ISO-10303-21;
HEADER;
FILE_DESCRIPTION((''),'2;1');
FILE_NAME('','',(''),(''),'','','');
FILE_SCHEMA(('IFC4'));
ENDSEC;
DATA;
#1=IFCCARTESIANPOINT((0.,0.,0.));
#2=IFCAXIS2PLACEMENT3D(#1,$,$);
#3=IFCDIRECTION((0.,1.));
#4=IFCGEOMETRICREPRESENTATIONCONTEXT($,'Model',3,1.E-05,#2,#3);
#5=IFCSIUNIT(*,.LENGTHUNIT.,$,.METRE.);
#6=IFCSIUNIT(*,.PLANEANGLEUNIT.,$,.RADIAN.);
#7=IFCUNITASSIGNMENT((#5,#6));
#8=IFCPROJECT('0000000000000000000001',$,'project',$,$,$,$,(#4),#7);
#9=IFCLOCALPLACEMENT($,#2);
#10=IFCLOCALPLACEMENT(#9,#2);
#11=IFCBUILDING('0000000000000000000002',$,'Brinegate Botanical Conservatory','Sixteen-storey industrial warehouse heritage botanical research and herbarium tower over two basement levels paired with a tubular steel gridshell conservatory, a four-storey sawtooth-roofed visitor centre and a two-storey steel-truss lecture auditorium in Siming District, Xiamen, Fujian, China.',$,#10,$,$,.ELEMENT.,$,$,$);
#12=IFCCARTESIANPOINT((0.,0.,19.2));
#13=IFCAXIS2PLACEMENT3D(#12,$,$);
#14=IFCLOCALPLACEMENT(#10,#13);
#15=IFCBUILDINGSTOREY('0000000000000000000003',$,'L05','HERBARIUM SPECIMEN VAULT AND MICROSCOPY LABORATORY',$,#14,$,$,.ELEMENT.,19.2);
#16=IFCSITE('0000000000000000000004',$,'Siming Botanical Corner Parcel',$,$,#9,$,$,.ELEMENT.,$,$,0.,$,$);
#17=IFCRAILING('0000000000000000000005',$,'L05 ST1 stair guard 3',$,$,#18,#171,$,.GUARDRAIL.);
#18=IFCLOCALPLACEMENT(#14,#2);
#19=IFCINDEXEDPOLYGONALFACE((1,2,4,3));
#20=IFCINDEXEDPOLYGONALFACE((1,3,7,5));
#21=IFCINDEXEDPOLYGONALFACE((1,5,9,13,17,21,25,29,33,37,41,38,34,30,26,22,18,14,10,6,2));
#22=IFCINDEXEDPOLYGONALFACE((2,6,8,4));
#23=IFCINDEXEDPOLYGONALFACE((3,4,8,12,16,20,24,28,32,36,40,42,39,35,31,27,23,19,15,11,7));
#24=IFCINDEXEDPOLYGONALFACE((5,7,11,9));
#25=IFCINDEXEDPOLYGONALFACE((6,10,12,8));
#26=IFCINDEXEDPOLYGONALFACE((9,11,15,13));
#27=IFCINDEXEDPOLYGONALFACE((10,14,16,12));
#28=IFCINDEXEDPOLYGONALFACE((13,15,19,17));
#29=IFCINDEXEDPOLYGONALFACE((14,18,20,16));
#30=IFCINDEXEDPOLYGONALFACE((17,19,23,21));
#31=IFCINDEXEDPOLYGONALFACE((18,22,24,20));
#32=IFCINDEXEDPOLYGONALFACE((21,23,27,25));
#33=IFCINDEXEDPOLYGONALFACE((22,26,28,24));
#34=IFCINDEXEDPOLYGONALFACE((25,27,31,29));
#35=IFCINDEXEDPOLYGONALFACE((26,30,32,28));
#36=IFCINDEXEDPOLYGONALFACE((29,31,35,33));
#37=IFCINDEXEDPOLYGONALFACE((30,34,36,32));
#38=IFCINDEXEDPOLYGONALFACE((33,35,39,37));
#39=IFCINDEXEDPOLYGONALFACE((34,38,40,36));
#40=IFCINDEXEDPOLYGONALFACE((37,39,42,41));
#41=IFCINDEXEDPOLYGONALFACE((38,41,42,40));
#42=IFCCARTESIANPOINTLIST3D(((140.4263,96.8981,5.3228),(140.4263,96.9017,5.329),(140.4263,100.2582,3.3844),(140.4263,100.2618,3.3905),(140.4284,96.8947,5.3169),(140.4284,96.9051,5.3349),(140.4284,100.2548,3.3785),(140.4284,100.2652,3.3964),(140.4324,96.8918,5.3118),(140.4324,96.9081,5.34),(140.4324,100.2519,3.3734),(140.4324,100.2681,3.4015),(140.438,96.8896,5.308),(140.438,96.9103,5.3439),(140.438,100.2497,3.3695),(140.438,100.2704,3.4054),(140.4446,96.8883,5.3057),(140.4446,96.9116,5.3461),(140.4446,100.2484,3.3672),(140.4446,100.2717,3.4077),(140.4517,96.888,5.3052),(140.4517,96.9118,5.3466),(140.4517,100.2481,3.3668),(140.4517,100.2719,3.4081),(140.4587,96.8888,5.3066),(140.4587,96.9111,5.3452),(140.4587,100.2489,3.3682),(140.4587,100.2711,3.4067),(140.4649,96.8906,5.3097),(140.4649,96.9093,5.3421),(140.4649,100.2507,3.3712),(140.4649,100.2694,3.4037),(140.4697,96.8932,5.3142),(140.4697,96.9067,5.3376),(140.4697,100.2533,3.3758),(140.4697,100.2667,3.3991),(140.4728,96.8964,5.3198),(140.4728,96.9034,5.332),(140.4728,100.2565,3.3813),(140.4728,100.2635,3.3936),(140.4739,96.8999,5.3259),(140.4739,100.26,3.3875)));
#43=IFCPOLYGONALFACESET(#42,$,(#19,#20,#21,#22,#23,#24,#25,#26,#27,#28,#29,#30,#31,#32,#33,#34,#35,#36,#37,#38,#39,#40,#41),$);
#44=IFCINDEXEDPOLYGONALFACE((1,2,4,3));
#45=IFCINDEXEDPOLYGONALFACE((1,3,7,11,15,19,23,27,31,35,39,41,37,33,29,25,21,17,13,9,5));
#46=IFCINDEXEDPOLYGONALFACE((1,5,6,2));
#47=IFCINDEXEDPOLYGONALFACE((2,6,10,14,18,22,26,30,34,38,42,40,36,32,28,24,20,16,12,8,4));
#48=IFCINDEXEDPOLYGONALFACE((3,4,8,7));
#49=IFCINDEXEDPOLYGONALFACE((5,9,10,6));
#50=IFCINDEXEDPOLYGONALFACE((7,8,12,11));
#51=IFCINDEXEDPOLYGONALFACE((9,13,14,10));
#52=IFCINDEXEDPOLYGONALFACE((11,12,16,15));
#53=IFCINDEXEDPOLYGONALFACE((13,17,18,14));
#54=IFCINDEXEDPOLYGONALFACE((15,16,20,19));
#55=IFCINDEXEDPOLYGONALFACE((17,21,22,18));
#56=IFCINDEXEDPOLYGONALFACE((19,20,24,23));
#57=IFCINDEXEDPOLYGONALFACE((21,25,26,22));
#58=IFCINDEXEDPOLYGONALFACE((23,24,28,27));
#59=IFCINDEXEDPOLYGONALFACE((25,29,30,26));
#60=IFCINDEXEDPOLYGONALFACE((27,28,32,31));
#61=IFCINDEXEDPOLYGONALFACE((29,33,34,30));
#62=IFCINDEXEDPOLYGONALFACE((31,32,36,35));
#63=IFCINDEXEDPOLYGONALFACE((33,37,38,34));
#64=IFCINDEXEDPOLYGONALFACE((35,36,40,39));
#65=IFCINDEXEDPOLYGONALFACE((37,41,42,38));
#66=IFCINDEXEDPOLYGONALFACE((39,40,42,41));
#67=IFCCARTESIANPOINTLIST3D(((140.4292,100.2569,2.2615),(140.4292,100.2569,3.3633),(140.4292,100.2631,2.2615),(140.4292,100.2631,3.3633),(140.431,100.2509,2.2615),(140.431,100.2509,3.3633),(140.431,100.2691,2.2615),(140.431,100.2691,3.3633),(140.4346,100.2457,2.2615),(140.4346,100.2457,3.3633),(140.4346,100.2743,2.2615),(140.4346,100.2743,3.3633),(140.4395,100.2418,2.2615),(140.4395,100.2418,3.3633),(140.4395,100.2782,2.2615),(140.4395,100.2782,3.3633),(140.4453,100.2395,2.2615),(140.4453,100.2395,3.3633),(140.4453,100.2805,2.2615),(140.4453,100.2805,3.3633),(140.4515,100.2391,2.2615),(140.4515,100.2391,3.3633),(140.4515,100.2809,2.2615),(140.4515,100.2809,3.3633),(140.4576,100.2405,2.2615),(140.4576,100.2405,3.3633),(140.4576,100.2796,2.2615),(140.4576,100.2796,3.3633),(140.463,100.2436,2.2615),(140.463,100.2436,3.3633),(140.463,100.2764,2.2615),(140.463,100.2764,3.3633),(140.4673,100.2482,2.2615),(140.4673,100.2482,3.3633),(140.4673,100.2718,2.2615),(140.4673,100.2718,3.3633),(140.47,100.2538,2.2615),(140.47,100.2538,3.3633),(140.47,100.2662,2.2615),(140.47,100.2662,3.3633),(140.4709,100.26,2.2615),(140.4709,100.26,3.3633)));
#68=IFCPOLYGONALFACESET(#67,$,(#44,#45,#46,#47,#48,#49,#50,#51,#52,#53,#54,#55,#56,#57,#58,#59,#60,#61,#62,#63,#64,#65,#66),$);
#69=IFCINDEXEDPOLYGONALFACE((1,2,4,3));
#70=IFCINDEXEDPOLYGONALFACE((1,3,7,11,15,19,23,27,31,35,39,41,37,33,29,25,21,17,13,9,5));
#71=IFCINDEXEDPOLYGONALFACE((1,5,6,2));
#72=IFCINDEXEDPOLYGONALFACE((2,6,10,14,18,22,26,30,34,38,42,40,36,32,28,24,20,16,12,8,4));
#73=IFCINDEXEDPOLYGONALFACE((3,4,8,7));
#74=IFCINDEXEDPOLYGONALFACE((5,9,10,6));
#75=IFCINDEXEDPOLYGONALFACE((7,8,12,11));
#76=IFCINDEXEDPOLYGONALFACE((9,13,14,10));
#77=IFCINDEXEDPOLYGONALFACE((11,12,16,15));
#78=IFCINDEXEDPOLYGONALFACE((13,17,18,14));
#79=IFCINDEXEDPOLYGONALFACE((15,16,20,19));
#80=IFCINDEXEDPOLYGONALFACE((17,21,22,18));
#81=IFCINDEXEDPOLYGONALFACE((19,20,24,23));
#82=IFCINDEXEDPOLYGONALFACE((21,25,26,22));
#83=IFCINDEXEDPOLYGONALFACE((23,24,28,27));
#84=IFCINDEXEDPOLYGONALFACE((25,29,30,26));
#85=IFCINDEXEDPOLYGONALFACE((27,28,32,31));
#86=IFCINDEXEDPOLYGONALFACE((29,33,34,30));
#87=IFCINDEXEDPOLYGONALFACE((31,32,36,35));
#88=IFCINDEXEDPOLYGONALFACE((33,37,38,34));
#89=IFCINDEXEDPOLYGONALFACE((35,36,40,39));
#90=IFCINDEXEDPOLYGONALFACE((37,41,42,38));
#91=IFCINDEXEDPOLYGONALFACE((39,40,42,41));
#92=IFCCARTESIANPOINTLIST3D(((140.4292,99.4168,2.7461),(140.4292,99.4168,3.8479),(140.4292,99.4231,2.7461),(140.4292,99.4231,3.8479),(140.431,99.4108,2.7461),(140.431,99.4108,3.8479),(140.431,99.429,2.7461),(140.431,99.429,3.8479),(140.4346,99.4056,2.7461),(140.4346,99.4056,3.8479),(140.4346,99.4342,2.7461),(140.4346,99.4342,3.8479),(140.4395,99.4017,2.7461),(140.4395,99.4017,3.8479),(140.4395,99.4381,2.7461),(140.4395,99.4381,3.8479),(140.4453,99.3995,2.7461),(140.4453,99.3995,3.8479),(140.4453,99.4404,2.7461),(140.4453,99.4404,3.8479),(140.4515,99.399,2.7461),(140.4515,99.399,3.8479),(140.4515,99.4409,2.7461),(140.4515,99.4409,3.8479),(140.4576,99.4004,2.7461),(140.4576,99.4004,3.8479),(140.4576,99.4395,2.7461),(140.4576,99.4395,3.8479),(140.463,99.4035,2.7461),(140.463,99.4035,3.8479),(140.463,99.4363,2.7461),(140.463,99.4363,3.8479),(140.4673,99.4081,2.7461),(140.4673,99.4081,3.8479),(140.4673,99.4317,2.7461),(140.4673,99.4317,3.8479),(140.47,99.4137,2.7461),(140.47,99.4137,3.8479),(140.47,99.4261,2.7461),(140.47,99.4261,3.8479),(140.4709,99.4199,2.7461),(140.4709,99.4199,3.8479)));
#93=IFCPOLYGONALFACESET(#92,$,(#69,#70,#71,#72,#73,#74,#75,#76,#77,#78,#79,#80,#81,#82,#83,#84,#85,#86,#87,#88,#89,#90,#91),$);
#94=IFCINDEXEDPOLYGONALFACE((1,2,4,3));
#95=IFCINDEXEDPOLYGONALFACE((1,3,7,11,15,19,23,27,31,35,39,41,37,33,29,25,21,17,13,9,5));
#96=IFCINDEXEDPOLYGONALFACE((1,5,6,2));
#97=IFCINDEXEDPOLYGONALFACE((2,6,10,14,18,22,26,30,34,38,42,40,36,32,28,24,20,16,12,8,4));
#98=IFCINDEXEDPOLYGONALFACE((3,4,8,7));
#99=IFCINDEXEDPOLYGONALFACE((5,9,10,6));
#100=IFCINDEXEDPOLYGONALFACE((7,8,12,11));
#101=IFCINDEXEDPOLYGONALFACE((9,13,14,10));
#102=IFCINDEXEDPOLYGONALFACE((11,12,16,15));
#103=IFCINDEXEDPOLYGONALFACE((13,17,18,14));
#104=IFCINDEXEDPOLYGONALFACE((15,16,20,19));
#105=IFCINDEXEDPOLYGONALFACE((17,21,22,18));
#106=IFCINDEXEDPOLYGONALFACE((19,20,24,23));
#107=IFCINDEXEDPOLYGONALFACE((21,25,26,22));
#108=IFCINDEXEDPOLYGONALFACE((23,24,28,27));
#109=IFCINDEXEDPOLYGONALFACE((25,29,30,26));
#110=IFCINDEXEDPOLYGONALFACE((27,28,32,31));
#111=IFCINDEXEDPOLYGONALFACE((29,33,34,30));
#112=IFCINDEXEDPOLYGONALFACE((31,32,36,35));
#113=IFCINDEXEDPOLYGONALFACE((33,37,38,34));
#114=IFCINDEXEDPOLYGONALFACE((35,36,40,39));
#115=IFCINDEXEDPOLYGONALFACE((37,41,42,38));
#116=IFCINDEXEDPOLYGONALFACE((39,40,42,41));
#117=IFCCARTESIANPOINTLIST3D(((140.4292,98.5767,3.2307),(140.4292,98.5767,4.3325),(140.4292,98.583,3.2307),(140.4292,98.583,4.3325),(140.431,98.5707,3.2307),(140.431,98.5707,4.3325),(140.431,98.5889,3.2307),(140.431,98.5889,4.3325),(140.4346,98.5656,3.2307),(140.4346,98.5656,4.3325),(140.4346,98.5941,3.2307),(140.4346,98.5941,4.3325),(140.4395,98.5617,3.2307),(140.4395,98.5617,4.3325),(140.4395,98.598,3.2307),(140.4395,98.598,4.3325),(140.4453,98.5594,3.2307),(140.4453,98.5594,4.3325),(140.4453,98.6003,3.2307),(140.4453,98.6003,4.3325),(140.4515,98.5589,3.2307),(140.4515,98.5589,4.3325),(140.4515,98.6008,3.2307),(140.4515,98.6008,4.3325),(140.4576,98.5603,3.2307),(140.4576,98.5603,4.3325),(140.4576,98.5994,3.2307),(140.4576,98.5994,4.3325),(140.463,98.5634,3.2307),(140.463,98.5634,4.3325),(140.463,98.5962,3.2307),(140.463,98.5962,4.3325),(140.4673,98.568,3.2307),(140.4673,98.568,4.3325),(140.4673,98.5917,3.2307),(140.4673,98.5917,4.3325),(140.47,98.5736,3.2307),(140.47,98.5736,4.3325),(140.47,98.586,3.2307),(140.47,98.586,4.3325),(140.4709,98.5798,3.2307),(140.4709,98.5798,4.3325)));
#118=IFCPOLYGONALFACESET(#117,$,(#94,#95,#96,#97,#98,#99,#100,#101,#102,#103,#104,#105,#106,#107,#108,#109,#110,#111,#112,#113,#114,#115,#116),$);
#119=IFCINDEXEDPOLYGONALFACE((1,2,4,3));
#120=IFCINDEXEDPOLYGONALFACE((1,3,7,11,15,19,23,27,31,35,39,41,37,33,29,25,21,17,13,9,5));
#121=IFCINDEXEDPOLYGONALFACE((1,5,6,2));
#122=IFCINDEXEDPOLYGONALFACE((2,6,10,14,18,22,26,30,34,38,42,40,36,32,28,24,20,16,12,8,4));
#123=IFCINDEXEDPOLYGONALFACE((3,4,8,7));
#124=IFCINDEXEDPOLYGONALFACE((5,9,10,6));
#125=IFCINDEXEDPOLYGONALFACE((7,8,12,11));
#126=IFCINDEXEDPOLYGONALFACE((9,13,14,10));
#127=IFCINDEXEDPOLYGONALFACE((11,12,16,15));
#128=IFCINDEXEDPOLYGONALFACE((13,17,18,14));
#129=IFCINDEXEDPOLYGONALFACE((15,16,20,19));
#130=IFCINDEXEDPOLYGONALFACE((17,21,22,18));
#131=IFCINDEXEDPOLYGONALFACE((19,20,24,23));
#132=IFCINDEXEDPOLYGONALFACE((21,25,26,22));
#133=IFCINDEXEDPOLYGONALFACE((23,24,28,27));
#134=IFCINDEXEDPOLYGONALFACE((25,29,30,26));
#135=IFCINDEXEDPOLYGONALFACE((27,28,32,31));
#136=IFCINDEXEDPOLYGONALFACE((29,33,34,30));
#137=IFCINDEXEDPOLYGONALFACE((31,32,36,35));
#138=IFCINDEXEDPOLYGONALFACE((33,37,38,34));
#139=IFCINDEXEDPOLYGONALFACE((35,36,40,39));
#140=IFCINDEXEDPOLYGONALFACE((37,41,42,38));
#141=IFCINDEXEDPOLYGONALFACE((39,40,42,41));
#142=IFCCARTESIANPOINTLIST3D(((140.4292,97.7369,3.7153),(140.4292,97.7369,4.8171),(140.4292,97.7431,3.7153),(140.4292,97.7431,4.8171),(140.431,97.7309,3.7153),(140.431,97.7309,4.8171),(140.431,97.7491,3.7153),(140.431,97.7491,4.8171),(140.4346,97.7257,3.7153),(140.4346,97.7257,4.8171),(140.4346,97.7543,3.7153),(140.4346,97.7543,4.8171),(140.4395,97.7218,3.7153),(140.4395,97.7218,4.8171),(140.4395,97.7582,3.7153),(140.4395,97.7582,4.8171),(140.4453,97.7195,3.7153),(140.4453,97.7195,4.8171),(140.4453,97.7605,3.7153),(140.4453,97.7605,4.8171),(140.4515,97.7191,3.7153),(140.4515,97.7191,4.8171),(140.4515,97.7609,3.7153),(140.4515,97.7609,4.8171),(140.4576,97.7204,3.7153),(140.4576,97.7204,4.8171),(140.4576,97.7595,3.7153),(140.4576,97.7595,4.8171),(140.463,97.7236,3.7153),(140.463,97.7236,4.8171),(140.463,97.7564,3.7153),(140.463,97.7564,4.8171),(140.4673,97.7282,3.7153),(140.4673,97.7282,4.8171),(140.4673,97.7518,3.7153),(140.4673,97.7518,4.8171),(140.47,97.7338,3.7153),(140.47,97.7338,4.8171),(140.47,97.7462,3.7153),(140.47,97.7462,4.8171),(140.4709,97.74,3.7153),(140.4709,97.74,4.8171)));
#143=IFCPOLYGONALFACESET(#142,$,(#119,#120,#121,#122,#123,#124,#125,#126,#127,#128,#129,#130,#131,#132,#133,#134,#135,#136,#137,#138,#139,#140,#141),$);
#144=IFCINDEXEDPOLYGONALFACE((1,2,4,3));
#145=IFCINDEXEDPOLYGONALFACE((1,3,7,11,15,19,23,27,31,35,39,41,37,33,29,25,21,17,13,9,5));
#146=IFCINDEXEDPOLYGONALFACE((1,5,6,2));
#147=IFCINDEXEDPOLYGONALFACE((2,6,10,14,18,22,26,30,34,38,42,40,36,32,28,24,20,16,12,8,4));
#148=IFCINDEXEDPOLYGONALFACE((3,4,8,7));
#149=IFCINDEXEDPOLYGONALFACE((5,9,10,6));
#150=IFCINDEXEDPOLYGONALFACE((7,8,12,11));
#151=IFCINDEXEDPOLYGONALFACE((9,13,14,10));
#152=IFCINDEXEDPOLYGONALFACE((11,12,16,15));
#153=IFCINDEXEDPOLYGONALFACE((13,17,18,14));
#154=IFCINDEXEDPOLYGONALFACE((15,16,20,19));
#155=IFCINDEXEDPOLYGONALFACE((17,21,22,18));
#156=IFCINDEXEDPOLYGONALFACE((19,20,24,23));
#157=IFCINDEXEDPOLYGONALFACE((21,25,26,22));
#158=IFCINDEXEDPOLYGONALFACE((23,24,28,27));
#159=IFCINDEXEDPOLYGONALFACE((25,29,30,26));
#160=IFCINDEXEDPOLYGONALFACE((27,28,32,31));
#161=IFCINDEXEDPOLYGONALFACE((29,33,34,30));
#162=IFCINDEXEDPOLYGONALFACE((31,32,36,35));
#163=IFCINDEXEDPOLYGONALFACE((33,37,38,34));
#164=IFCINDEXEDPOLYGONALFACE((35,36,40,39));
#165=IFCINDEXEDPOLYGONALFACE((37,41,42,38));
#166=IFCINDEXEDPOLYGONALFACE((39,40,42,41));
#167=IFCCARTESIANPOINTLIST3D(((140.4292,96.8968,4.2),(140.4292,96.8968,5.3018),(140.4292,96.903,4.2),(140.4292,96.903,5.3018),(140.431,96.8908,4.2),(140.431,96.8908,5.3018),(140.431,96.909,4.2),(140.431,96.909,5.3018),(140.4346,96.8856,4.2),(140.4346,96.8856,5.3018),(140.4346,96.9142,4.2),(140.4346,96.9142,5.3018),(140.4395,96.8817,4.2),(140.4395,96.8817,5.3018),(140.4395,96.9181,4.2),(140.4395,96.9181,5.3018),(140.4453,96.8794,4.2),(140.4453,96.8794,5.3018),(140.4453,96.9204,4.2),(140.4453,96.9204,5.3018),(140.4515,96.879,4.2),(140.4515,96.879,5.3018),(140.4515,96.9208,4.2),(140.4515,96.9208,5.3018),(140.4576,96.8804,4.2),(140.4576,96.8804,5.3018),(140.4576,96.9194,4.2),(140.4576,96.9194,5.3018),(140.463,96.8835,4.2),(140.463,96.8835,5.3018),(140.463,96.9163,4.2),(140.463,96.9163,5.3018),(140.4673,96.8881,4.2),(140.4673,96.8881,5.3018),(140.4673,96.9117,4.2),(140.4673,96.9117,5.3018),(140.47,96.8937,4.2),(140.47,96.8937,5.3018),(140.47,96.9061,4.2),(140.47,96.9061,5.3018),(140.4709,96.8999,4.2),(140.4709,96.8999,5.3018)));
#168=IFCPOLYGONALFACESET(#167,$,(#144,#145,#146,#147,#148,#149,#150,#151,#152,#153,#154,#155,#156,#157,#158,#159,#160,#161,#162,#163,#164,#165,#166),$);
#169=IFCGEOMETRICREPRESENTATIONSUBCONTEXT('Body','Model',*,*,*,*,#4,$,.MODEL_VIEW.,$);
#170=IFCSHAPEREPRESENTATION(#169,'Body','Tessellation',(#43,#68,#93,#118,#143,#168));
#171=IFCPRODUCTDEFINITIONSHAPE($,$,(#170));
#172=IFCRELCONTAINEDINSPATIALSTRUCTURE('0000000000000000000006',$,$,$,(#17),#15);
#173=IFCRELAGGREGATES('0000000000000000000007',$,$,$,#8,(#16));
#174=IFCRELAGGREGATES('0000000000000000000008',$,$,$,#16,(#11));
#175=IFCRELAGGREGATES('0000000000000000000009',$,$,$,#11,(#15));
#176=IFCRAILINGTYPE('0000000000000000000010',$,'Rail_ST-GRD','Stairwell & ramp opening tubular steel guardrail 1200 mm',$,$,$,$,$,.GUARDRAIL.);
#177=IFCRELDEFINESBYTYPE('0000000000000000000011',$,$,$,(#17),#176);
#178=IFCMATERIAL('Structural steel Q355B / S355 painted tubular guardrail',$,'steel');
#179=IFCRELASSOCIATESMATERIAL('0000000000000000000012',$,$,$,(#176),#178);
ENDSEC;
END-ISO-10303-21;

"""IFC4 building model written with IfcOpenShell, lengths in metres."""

from ifc_helpers import new_model, si_unit, direction, frame, origin, origin_2d, place, context, subcontext, project, spatial, circle, extrude, material, type_object, element, save


model = new_model("IFC4")

# Units and contexts
model_context = context("Model", 3, precision=1e-05, world=origin(), true_north=direction((0.0, 1.0)))
body_context = subcontext(model_context, "Body", "Model", "MODEL_VIEW")
ifc_project = project(units=[si_unit("LENGTHUNIT", "METRE"), si_unit("PLANEANGLEUNIT", "RADIAN")], contexts=[model_context])

# Site, building, storey
site_placement = place(None, origin())
site = spatial("IfcSite", under=ifc_project, at=site_placement, Name="Siming Botanical Corner Parcel", CompositionType="ELEMENT", RefElevation=0.0)
building_placement = place(site_placement, origin())
building = spatial("IfcBuilding", under=site, at=building_placement, Name="Brinegate Botanical Conservatory", Description="Sixteen-storey industrial warehouse heritage botanical research and herbarium tower over two basement levels paired with a tubular steel gridshell conservatory, a four-storey sawtooth-roofed visitor centre and a two-storey steel-truss lecture auditorium in Siming District, Xiamen, Fujian, China.", CompositionType="ELEMENT")
storey_placement = place(building_placement, frame((0.0, 0.0, 19.2)))
storey = spatial("IfcBuildingStorey", under=building, at=storey_placement, Name="L05", Description="HERBARIUM SPECIMEN VAULT AND MICROSCOPY LABORATORY", CompositionType="ELEMENT", Elevation=19.2)

# Railing
ifc_material_1 = material(Name="Structural steel Q355B / S355 painted tubular guardrail", Category="steel")
railing_type_1 = type_object("IfcRailingType", Name="Rail_ST-GRD", Description="Stairwell & ramp opening tubular steel guardrail 1200 mm", PredefinedType="GUARDRAIL", material=ifc_material_1)
railing_1_placement = place(storey_placement, frame((140.45, 100.26, 2.2615)))
element("IfcRailing", 1, at=railing_1_placement, inside=storey, type_object=railing_type_1, Name="L05 ST1 stair guard 3", PredefinedType="GUARDRAIL", context=body_context, shape_type="SweptSolid", body=[
    extrude(circle(Radius=0.0239, at=origin_2d()), frame((0.0, 0.0, 1.126), z_axis=(0.0, -0.866191, 0.499713), x_axis=(1.0, 0.0, 0.0)), (0.0, 0.0, 1.0), 3.8792),
    extrude(circle(Radius=0.021, at=origin_2d()), origin(), (0.0, 0.0, 1.0), 1.1018),
    extrude(circle(Radius=0.021, at=origin_2d()), frame((0.0, -0.8401, 0.4846)), (0.0, 0.0, 1.0), 1.1018),
    extrude(circle(Radius=0.021, at=origin_2d()), frame((0.0, -1.6802, 0.9692)), (0.0, 0.0, 1.0), 1.1018),
    extrude(circle(Radius=0.021, at=origin_2d()), frame((0.0, -2.52, 1.4539)), (0.0, 0.0, 1.0), 1.1018),
    extrude(circle(Radius=0.021, at=origin_2d()), frame((0.0, -3.3601, 1.9385)), (0.0, 0.0, 1.0), 1.1018),
])

save(model, "model.ifc")
